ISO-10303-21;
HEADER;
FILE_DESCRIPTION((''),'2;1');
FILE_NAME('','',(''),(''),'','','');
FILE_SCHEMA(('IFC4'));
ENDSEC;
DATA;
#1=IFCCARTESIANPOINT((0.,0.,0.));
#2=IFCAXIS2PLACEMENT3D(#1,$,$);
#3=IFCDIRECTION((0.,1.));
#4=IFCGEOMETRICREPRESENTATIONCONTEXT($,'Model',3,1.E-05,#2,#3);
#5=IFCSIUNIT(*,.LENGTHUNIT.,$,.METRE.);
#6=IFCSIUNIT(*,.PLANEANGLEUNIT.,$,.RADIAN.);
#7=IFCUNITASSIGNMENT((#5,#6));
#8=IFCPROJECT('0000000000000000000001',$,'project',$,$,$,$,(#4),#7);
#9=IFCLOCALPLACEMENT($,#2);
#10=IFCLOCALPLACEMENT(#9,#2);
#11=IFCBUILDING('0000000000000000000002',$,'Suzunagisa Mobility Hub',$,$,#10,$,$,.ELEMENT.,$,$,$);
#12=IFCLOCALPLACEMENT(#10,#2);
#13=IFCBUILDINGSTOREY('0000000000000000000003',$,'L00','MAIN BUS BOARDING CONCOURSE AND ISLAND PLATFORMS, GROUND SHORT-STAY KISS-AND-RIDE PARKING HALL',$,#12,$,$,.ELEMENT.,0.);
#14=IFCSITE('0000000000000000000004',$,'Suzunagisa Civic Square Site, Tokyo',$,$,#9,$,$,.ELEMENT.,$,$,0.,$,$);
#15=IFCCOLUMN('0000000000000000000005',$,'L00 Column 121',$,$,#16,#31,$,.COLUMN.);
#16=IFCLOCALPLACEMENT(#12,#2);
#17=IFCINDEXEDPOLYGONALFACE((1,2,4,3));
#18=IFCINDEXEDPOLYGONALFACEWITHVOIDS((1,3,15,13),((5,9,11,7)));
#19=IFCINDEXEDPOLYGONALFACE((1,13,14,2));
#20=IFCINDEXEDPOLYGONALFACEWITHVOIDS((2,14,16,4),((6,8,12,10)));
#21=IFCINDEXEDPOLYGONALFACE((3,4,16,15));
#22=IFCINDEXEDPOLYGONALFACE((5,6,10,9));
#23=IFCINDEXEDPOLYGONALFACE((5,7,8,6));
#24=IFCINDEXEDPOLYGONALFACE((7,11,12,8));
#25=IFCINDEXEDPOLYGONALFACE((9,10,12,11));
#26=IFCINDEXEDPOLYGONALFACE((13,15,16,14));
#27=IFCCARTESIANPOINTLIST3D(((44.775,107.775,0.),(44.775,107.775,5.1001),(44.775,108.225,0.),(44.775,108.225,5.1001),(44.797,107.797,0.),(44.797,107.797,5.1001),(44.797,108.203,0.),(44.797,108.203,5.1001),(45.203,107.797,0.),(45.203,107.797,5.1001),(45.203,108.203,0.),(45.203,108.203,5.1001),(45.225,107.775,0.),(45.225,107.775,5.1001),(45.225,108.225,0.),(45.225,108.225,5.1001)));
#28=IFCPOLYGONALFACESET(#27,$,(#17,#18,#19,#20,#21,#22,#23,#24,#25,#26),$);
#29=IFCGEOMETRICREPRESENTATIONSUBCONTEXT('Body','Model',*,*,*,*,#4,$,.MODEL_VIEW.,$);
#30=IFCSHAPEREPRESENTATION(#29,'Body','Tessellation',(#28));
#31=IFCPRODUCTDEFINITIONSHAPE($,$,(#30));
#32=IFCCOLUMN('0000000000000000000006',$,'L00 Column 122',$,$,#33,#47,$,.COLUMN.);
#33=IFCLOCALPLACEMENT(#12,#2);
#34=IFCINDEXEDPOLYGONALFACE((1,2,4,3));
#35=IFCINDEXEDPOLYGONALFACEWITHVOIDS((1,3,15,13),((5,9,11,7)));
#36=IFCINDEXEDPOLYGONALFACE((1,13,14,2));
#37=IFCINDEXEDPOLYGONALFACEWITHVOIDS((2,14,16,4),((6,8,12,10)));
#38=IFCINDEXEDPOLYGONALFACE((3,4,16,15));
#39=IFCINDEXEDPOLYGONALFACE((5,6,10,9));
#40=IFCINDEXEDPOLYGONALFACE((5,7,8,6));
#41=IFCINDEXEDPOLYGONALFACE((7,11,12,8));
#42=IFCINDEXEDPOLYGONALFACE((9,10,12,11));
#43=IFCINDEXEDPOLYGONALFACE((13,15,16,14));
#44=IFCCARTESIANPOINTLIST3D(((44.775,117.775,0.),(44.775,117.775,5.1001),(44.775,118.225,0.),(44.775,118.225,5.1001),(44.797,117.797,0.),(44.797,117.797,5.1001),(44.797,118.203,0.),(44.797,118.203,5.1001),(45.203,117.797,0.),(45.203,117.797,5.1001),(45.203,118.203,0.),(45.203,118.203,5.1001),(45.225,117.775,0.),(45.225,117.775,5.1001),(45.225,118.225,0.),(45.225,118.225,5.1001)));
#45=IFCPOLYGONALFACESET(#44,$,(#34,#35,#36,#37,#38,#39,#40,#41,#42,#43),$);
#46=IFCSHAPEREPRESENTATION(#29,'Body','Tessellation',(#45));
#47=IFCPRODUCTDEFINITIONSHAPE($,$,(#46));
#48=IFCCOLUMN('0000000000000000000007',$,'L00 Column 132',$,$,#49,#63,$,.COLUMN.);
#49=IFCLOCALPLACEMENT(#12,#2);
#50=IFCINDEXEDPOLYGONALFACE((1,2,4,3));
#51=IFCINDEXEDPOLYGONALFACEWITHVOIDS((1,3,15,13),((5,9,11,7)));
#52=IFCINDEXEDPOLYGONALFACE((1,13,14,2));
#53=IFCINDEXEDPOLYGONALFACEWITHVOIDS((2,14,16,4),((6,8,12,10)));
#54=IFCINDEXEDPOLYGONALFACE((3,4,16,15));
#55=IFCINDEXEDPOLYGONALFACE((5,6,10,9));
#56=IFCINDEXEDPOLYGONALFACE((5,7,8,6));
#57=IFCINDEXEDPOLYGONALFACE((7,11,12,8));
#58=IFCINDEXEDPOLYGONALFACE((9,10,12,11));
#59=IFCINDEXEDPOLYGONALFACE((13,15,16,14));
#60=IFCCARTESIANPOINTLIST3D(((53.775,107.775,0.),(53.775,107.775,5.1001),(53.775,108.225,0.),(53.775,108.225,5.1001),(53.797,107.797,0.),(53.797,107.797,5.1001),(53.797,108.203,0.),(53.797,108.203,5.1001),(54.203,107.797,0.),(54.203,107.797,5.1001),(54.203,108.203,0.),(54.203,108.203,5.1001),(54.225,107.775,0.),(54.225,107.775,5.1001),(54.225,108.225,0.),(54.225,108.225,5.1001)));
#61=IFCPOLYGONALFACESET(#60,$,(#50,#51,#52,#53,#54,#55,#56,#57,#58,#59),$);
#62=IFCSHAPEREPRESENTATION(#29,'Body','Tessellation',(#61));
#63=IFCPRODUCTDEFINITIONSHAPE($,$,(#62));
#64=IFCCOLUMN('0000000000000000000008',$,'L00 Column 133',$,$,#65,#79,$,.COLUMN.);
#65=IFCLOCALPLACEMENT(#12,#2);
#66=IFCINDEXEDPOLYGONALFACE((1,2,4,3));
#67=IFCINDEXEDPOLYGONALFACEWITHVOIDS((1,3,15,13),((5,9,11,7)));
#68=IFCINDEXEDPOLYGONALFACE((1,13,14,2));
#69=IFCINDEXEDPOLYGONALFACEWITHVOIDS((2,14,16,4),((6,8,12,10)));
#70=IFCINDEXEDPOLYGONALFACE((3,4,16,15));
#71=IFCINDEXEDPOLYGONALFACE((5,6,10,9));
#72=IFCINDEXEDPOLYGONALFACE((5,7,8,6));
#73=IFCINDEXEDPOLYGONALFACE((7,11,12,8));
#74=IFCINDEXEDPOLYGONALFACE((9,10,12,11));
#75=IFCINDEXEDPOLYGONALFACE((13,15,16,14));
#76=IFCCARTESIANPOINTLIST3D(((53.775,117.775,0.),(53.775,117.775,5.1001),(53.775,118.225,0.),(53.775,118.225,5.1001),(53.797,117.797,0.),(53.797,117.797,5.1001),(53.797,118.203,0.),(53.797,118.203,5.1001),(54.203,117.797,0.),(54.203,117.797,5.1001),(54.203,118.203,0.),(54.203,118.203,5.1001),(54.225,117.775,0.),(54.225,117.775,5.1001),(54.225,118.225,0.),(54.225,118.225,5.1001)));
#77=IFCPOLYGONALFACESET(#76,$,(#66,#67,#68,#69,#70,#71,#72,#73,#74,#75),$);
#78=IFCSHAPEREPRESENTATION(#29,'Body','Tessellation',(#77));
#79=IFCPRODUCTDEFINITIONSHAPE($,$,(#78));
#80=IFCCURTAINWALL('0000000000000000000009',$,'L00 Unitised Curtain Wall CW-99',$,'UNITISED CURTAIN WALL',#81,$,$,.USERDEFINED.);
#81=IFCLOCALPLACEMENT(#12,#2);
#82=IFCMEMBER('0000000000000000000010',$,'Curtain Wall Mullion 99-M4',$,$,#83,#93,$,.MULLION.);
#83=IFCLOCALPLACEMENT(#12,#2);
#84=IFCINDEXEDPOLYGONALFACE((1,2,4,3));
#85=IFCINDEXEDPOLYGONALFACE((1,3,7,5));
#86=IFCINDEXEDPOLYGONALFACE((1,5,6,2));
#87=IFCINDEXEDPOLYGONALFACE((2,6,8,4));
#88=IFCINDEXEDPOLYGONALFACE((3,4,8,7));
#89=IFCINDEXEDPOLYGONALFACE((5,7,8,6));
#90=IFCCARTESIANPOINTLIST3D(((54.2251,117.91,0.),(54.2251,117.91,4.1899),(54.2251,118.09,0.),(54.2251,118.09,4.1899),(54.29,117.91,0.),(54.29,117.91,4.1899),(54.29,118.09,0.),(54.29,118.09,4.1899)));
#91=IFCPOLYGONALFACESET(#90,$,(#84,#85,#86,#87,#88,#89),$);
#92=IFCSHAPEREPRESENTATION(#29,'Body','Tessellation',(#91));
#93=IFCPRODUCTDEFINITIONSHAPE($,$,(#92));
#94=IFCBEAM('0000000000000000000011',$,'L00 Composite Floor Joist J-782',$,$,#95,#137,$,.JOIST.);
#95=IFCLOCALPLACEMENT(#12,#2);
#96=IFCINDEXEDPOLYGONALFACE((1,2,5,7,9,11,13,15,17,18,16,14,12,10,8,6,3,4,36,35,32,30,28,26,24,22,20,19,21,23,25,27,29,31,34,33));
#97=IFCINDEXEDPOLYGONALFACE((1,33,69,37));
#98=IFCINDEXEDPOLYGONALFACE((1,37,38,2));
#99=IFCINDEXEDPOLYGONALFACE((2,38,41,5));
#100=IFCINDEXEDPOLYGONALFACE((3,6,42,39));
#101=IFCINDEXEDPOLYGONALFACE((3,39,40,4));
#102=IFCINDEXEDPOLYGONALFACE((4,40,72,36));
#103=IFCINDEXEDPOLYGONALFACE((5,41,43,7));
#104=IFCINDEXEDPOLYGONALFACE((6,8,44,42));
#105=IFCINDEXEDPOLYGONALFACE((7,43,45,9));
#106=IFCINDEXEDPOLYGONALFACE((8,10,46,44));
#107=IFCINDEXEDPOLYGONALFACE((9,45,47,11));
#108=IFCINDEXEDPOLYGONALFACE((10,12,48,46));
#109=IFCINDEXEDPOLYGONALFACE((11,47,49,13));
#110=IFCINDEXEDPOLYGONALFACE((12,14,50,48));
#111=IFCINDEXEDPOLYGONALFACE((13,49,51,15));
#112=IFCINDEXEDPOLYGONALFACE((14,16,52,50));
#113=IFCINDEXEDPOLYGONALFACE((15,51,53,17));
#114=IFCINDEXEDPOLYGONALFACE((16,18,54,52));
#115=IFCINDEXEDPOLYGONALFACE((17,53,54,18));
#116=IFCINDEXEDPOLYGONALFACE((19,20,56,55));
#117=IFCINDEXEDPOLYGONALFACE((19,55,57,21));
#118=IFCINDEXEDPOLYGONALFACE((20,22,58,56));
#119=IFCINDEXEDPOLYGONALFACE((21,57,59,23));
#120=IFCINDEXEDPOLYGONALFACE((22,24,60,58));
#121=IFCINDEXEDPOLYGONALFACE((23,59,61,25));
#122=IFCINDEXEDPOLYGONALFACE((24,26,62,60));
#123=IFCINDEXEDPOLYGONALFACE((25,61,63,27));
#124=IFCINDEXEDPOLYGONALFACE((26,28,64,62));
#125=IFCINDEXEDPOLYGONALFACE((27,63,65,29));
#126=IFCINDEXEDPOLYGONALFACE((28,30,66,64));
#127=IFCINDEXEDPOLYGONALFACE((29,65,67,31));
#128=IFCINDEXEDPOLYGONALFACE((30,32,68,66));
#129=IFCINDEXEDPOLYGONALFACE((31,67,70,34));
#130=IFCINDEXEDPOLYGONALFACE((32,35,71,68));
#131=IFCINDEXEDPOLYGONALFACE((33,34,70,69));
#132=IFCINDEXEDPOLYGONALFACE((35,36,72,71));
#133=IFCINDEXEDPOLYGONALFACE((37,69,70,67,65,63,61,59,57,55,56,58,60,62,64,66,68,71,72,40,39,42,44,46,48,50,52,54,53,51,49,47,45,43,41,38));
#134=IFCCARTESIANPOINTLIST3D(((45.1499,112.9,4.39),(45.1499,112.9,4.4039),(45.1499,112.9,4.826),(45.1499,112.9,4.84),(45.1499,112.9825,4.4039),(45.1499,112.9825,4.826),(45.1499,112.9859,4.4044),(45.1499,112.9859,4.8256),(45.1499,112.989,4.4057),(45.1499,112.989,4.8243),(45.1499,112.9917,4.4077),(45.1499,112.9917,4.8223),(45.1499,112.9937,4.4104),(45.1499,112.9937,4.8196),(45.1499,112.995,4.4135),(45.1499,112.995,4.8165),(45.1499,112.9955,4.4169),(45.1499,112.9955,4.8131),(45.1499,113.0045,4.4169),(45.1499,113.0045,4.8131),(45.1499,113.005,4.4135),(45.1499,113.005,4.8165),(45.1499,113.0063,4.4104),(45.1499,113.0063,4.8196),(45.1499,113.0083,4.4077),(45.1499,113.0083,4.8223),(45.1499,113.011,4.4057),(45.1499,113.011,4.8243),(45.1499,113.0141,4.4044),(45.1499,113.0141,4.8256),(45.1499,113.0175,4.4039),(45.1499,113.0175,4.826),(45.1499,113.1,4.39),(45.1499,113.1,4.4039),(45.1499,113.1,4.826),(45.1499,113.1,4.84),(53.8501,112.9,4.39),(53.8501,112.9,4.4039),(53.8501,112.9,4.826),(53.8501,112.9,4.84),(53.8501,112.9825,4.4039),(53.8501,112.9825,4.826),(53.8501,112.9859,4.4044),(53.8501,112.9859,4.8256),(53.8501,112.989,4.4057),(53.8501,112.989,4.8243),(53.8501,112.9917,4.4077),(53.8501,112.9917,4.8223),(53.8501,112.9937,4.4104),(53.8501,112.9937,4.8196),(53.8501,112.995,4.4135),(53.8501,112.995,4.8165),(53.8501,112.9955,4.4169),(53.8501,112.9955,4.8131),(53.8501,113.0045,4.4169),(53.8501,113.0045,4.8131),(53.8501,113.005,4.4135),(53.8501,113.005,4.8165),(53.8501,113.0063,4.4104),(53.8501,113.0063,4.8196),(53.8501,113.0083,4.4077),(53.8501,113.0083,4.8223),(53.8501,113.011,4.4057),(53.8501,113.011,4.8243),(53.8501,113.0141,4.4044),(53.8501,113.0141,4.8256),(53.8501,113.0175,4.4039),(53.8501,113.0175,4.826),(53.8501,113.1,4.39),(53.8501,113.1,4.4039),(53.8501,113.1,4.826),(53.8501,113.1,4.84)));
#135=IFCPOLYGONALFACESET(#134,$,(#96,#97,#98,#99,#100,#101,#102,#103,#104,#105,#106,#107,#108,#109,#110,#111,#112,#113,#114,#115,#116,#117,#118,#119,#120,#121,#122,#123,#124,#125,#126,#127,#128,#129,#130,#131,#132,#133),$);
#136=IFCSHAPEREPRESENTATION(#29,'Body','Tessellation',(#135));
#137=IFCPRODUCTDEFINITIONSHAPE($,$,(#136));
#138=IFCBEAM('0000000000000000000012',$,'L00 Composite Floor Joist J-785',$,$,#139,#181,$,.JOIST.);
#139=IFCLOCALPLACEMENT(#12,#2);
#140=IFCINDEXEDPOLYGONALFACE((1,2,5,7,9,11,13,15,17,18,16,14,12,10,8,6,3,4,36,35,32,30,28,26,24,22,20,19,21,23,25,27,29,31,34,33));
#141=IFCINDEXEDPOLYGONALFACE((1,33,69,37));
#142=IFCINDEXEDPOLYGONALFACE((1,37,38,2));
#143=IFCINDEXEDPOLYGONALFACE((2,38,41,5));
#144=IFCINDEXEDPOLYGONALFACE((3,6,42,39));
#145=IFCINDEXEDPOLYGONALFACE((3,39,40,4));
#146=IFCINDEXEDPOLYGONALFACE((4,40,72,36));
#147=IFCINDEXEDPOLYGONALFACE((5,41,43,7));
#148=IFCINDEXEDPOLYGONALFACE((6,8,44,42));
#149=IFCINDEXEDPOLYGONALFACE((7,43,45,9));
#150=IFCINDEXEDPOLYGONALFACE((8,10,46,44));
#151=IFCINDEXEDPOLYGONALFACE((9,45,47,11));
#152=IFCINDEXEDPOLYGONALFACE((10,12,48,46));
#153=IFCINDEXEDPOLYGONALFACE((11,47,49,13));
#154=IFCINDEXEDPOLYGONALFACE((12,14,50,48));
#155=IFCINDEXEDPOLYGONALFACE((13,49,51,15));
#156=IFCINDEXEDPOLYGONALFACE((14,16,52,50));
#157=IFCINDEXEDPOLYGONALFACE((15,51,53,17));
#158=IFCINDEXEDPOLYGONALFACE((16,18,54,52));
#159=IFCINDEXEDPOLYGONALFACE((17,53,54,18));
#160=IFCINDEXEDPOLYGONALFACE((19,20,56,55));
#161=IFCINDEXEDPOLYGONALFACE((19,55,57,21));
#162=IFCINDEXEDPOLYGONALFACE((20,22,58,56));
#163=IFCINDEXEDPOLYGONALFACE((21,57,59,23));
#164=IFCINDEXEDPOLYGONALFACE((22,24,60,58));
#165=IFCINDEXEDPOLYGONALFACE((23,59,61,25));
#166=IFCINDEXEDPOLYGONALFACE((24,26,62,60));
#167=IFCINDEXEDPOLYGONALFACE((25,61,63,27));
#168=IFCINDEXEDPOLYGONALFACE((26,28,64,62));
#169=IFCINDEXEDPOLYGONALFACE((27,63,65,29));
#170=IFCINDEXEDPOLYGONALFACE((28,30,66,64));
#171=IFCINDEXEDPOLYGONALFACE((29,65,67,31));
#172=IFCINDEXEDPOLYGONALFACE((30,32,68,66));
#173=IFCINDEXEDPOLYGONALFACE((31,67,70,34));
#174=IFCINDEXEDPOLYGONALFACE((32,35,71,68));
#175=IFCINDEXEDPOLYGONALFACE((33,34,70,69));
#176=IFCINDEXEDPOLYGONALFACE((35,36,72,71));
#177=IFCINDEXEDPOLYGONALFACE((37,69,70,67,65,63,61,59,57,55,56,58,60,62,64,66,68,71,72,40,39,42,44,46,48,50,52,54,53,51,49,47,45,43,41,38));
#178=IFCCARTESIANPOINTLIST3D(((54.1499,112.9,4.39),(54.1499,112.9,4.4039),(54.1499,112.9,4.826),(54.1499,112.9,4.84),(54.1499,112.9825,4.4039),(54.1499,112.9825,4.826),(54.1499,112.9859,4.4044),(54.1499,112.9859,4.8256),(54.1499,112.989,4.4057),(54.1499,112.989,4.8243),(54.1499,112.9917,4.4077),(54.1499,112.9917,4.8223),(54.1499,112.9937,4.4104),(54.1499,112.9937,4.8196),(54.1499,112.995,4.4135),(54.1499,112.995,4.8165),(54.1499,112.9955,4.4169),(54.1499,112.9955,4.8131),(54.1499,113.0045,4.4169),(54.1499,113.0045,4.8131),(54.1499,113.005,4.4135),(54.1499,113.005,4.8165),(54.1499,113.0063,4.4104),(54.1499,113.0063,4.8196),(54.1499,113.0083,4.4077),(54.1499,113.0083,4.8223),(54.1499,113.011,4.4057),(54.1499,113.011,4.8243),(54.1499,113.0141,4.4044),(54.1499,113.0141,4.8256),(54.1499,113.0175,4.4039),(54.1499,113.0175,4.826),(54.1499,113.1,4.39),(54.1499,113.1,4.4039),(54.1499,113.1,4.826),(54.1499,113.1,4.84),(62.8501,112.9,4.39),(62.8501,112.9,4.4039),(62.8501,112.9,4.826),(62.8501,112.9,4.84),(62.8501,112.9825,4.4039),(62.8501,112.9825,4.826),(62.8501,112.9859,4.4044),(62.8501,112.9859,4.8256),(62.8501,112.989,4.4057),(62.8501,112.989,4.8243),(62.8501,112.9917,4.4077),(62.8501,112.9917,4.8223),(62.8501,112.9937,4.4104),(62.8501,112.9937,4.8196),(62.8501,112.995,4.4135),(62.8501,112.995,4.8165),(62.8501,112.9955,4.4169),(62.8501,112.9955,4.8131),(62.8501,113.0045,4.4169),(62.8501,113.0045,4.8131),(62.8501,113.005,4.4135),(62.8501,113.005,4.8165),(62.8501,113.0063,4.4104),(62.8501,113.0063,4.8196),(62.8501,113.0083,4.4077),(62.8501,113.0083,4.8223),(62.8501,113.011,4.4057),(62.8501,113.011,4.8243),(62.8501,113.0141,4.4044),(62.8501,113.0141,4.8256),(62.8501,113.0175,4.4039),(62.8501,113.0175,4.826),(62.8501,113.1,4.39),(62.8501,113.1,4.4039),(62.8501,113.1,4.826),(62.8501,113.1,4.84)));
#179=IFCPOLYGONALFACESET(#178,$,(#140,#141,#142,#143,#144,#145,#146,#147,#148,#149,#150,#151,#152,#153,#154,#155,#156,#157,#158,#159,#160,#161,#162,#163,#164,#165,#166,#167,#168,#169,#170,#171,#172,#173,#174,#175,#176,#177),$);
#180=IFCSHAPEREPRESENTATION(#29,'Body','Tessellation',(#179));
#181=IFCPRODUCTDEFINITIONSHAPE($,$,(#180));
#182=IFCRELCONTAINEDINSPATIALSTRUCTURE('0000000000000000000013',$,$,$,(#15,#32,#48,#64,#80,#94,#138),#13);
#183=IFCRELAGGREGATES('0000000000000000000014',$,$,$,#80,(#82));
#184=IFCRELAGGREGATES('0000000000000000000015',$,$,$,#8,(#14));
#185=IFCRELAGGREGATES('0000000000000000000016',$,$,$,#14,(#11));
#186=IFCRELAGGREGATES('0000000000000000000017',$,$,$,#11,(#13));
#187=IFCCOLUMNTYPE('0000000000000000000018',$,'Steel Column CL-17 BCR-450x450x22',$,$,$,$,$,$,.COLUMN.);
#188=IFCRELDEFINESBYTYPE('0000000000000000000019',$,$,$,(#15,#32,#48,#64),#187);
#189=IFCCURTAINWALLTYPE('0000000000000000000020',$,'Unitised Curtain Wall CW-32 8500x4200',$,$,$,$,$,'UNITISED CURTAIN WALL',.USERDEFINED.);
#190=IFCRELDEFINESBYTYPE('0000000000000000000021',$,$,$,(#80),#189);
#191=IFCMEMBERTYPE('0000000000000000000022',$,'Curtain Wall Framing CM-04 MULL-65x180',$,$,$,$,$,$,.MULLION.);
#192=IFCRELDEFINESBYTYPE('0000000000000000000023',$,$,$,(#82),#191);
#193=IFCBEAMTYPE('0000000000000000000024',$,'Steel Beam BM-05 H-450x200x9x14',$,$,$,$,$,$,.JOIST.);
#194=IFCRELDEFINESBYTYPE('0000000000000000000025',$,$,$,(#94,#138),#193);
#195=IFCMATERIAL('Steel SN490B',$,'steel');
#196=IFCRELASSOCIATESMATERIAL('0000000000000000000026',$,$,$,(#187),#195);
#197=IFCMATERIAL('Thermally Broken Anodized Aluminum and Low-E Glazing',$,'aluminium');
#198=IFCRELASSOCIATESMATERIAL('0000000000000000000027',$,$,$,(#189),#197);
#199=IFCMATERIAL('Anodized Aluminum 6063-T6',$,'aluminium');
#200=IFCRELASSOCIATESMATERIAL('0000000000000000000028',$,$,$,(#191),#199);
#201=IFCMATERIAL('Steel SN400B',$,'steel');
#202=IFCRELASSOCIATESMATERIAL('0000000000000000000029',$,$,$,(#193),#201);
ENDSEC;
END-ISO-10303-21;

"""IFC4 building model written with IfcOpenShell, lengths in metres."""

from ifc_helpers import new_model, si_unit, direction, frame, origin, origin_2d, place, context, subcontext, project, spatial, rectangle, hollow_rectangle, i_section, extrude, material, material_profile, profile_set, type_object, element, aggregate, save


model = new_model("IFC4")

# Units and contexts
model_context = context("Model", 3, precision=1e-05, world=origin(), true_north=direction((0.0, 1.0)))
body_context = subcontext(model_context, "Body", "Model", "MODEL_VIEW")
ifc_project = project(units=[si_unit("LENGTHUNIT", "METRE"), si_unit("PLANEANGLEUNIT", "RADIAN")], contexts=[model_context])

# Site, building, storey
site_placement = place(None, origin())
site = spatial("IfcSite", under=ifc_project, at=site_placement, Name="Suzunagisa Civic Square Site, Tokyo", CompositionType="ELEMENT", RefElevation=0.0)
building_placement = place(site_placement, origin())
building = spatial("IfcBuilding", under=site, at=building_placement, Name="Suzunagisa Mobility Hub", CompositionType="ELEMENT")
storey_placement = place(building_placement, origin())
storey = spatial("IfcBuildingStorey", under=building, at=storey_placement, Name="L00", Description="MAIN BUS BOARDING CONCOURSE AND ISLAND PLATFORMS, GROUND SHORT-STAY KISS-AND-RIDE PARKING HALL", CompositionType="ELEMENT", Elevation=0.0)

# Columns
ifc_material_1 = material(Name="Steel SN490B", Category="steel")
ifc_material_profile_1 = material_profile(ifc_material_1, hollow_rectangle(XDim=0.45, YDim=0.45, WallThickness=0.022, at=origin_2d()), Name="BCR-450x450x22")
ifc_profile_set_1 = profile_set([ifc_material_profile_1], Name="Steel SN490B")
column_type = type_object("IfcColumnType", Name="Steel Column CL-17 BCR-450x450x22", PredefinedType="COLUMN", material=ifc_profile_set_1)
for number, where, z_axis, x_axis, name in (
    (1, (45.0, 108.0, 0.0), (0.0, 0.0, 1.0), (1.0, 0.0, 0.0), "L00 Column 121"),
    (2, (45.0, 118.0, 0.0), (0.0, 0.0, 1.0), (1.0, 0.0, 0.0), "L00 Column 122"),
    (3, (54.0, 108.0, 0.0), (0.0, 0.0, 1.0), (1.0, 0.0, 0.0), "L00 Column 132"),
    (4, (54.0, 118.0, 0.0), (0.0, 0.0, 1.0), (1.0, 0.0, 0.0), "L00 Column 133"),
):
    element("IfcColumn", number, at=place(storey_placement, frame(where, z_axis=z_axis, x_axis=x_axis)), inside=storey, type_object=column_type, Name=name, PredefinedType="COLUMN", context=body_context, shape_type="SweptSolid", body=[
        extrude(hollow_rectangle(XDim=0.45, YDim=0.45, WallThickness=0.022, at=origin_2d()), origin(), (0.0, 0.0, 1.0), 5.1001),
    ])

# Curtain wall, member
ifc_material_2 = material(Name="Thermally Broken Anodized Aluminum and Low-E Glazing", Category="aluminium")
curtain_wall_type = type_object("IfcCurtainWallType", Name="Unitised Curtain Wall CW-32 8500x4200", ElementType="UNITISED CURTAIN WALL", PredefinedType="USERDEFINED", material=ifc_material_2)
curtain_wall_placement = place(storey_placement, origin())
curtain_wall = element("IfcCurtainWall", 5, at=curtain_wall_placement, inside=storey, type_object=curtain_wall_type, Name="L00 Unitised Curtain Wall CW-99", ObjectType="UNITISED CURTAIN WALL", PredefinedType="USERDEFINED")
ifc_material_3 = material(Name="Anodized Aluminum 6063-T6", Category="aluminium")
ifc_material_profile_2 = material_profile(ifc_material_3, rectangle(XDim=0.0649, YDim=0.1799, at=origin_2d()), Name="MULL-65x180")
ifc_profile_set_2 = profile_set([ifc_material_profile_2], Name="Anodized Aluminum 6063-T6")
member_type = type_object("IfcMemberType", Name="Curtain Wall Framing CM-04 MULL-65x180", PredefinedType="MULLION", material=ifc_profile_set_2)
member_placement = place(storey_placement, frame((54.2576, 118.0, 0.0), z_axis=(0.0, 0.0, 1.0), x_axis=(-1.0, 0.0, 0.0)))
member = element("IfcMember", 6, at=member_placement, type_object=member_type, Name="Curtain Wall Mullion 99-M4", PredefinedType="MULLION", context=body_context, shape_type="SweptSolid", body=[
    extrude(rectangle(XDim=0.0649, YDim=0.1799, at=origin_2d()), origin(), (0.0, 0.0, 1.0), 4.1899),
])

# Beams
ifc_material_4 = material(Name="Steel SN400B", Category="steel")
ifc_material_profile_3 = material_profile(ifc_material_4, i_section(OverallWidth=0.2, OverallDepth=0.45, WebThickness=0.009, FlangeThickness=0.0139, FilletRadius=0.0129, at=origin_2d()), Name="H-450x200x9x14")
ifc_profile_set_3 = profile_set([ifc_material_profile_3], Name="Steel SN400B")
beam_type_1 = type_object("IfcBeamType", Name="Steel Beam BM-05 H-450x200x9x14", PredefinedType="JOIST", material=ifc_profile_set_3)
for number, where, z_axis, x_axis, name in (
    (7, (45.1499, 113.0, 4.615), (1.0, 0.0, 0.0), (0.0, 1.0, 0.0), "L00 Composite Floor Joist J-782"),
    (8, (54.1499, 113.0, 4.615), (1.0, 0.0, 0.0), (0.0, 1.0, 0.0), "L00 Composite Floor Joist J-785"),
):
    element("IfcBeam", number, at=place(storey_placement, frame(where, z_axis=z_axis, x_axis=x_axis)), inside=storey, type_object=beam_type_1, Name=name, PredefinedType="JOIST", context=body_context, shape_type="SweptSolid", body=[
        extrude(i_section(OverallWidth=0.2, OverallDepth=0.45, WebThickness=0.009, FlangeThickness=0.0139, FilletRadius=0.0129, at=origin_2d()), origin(), (0.0, 0.0, 1.0), 8.7002),
    ])

aggregate(curtain_wall, [member])

save(model, "model.ifc")
